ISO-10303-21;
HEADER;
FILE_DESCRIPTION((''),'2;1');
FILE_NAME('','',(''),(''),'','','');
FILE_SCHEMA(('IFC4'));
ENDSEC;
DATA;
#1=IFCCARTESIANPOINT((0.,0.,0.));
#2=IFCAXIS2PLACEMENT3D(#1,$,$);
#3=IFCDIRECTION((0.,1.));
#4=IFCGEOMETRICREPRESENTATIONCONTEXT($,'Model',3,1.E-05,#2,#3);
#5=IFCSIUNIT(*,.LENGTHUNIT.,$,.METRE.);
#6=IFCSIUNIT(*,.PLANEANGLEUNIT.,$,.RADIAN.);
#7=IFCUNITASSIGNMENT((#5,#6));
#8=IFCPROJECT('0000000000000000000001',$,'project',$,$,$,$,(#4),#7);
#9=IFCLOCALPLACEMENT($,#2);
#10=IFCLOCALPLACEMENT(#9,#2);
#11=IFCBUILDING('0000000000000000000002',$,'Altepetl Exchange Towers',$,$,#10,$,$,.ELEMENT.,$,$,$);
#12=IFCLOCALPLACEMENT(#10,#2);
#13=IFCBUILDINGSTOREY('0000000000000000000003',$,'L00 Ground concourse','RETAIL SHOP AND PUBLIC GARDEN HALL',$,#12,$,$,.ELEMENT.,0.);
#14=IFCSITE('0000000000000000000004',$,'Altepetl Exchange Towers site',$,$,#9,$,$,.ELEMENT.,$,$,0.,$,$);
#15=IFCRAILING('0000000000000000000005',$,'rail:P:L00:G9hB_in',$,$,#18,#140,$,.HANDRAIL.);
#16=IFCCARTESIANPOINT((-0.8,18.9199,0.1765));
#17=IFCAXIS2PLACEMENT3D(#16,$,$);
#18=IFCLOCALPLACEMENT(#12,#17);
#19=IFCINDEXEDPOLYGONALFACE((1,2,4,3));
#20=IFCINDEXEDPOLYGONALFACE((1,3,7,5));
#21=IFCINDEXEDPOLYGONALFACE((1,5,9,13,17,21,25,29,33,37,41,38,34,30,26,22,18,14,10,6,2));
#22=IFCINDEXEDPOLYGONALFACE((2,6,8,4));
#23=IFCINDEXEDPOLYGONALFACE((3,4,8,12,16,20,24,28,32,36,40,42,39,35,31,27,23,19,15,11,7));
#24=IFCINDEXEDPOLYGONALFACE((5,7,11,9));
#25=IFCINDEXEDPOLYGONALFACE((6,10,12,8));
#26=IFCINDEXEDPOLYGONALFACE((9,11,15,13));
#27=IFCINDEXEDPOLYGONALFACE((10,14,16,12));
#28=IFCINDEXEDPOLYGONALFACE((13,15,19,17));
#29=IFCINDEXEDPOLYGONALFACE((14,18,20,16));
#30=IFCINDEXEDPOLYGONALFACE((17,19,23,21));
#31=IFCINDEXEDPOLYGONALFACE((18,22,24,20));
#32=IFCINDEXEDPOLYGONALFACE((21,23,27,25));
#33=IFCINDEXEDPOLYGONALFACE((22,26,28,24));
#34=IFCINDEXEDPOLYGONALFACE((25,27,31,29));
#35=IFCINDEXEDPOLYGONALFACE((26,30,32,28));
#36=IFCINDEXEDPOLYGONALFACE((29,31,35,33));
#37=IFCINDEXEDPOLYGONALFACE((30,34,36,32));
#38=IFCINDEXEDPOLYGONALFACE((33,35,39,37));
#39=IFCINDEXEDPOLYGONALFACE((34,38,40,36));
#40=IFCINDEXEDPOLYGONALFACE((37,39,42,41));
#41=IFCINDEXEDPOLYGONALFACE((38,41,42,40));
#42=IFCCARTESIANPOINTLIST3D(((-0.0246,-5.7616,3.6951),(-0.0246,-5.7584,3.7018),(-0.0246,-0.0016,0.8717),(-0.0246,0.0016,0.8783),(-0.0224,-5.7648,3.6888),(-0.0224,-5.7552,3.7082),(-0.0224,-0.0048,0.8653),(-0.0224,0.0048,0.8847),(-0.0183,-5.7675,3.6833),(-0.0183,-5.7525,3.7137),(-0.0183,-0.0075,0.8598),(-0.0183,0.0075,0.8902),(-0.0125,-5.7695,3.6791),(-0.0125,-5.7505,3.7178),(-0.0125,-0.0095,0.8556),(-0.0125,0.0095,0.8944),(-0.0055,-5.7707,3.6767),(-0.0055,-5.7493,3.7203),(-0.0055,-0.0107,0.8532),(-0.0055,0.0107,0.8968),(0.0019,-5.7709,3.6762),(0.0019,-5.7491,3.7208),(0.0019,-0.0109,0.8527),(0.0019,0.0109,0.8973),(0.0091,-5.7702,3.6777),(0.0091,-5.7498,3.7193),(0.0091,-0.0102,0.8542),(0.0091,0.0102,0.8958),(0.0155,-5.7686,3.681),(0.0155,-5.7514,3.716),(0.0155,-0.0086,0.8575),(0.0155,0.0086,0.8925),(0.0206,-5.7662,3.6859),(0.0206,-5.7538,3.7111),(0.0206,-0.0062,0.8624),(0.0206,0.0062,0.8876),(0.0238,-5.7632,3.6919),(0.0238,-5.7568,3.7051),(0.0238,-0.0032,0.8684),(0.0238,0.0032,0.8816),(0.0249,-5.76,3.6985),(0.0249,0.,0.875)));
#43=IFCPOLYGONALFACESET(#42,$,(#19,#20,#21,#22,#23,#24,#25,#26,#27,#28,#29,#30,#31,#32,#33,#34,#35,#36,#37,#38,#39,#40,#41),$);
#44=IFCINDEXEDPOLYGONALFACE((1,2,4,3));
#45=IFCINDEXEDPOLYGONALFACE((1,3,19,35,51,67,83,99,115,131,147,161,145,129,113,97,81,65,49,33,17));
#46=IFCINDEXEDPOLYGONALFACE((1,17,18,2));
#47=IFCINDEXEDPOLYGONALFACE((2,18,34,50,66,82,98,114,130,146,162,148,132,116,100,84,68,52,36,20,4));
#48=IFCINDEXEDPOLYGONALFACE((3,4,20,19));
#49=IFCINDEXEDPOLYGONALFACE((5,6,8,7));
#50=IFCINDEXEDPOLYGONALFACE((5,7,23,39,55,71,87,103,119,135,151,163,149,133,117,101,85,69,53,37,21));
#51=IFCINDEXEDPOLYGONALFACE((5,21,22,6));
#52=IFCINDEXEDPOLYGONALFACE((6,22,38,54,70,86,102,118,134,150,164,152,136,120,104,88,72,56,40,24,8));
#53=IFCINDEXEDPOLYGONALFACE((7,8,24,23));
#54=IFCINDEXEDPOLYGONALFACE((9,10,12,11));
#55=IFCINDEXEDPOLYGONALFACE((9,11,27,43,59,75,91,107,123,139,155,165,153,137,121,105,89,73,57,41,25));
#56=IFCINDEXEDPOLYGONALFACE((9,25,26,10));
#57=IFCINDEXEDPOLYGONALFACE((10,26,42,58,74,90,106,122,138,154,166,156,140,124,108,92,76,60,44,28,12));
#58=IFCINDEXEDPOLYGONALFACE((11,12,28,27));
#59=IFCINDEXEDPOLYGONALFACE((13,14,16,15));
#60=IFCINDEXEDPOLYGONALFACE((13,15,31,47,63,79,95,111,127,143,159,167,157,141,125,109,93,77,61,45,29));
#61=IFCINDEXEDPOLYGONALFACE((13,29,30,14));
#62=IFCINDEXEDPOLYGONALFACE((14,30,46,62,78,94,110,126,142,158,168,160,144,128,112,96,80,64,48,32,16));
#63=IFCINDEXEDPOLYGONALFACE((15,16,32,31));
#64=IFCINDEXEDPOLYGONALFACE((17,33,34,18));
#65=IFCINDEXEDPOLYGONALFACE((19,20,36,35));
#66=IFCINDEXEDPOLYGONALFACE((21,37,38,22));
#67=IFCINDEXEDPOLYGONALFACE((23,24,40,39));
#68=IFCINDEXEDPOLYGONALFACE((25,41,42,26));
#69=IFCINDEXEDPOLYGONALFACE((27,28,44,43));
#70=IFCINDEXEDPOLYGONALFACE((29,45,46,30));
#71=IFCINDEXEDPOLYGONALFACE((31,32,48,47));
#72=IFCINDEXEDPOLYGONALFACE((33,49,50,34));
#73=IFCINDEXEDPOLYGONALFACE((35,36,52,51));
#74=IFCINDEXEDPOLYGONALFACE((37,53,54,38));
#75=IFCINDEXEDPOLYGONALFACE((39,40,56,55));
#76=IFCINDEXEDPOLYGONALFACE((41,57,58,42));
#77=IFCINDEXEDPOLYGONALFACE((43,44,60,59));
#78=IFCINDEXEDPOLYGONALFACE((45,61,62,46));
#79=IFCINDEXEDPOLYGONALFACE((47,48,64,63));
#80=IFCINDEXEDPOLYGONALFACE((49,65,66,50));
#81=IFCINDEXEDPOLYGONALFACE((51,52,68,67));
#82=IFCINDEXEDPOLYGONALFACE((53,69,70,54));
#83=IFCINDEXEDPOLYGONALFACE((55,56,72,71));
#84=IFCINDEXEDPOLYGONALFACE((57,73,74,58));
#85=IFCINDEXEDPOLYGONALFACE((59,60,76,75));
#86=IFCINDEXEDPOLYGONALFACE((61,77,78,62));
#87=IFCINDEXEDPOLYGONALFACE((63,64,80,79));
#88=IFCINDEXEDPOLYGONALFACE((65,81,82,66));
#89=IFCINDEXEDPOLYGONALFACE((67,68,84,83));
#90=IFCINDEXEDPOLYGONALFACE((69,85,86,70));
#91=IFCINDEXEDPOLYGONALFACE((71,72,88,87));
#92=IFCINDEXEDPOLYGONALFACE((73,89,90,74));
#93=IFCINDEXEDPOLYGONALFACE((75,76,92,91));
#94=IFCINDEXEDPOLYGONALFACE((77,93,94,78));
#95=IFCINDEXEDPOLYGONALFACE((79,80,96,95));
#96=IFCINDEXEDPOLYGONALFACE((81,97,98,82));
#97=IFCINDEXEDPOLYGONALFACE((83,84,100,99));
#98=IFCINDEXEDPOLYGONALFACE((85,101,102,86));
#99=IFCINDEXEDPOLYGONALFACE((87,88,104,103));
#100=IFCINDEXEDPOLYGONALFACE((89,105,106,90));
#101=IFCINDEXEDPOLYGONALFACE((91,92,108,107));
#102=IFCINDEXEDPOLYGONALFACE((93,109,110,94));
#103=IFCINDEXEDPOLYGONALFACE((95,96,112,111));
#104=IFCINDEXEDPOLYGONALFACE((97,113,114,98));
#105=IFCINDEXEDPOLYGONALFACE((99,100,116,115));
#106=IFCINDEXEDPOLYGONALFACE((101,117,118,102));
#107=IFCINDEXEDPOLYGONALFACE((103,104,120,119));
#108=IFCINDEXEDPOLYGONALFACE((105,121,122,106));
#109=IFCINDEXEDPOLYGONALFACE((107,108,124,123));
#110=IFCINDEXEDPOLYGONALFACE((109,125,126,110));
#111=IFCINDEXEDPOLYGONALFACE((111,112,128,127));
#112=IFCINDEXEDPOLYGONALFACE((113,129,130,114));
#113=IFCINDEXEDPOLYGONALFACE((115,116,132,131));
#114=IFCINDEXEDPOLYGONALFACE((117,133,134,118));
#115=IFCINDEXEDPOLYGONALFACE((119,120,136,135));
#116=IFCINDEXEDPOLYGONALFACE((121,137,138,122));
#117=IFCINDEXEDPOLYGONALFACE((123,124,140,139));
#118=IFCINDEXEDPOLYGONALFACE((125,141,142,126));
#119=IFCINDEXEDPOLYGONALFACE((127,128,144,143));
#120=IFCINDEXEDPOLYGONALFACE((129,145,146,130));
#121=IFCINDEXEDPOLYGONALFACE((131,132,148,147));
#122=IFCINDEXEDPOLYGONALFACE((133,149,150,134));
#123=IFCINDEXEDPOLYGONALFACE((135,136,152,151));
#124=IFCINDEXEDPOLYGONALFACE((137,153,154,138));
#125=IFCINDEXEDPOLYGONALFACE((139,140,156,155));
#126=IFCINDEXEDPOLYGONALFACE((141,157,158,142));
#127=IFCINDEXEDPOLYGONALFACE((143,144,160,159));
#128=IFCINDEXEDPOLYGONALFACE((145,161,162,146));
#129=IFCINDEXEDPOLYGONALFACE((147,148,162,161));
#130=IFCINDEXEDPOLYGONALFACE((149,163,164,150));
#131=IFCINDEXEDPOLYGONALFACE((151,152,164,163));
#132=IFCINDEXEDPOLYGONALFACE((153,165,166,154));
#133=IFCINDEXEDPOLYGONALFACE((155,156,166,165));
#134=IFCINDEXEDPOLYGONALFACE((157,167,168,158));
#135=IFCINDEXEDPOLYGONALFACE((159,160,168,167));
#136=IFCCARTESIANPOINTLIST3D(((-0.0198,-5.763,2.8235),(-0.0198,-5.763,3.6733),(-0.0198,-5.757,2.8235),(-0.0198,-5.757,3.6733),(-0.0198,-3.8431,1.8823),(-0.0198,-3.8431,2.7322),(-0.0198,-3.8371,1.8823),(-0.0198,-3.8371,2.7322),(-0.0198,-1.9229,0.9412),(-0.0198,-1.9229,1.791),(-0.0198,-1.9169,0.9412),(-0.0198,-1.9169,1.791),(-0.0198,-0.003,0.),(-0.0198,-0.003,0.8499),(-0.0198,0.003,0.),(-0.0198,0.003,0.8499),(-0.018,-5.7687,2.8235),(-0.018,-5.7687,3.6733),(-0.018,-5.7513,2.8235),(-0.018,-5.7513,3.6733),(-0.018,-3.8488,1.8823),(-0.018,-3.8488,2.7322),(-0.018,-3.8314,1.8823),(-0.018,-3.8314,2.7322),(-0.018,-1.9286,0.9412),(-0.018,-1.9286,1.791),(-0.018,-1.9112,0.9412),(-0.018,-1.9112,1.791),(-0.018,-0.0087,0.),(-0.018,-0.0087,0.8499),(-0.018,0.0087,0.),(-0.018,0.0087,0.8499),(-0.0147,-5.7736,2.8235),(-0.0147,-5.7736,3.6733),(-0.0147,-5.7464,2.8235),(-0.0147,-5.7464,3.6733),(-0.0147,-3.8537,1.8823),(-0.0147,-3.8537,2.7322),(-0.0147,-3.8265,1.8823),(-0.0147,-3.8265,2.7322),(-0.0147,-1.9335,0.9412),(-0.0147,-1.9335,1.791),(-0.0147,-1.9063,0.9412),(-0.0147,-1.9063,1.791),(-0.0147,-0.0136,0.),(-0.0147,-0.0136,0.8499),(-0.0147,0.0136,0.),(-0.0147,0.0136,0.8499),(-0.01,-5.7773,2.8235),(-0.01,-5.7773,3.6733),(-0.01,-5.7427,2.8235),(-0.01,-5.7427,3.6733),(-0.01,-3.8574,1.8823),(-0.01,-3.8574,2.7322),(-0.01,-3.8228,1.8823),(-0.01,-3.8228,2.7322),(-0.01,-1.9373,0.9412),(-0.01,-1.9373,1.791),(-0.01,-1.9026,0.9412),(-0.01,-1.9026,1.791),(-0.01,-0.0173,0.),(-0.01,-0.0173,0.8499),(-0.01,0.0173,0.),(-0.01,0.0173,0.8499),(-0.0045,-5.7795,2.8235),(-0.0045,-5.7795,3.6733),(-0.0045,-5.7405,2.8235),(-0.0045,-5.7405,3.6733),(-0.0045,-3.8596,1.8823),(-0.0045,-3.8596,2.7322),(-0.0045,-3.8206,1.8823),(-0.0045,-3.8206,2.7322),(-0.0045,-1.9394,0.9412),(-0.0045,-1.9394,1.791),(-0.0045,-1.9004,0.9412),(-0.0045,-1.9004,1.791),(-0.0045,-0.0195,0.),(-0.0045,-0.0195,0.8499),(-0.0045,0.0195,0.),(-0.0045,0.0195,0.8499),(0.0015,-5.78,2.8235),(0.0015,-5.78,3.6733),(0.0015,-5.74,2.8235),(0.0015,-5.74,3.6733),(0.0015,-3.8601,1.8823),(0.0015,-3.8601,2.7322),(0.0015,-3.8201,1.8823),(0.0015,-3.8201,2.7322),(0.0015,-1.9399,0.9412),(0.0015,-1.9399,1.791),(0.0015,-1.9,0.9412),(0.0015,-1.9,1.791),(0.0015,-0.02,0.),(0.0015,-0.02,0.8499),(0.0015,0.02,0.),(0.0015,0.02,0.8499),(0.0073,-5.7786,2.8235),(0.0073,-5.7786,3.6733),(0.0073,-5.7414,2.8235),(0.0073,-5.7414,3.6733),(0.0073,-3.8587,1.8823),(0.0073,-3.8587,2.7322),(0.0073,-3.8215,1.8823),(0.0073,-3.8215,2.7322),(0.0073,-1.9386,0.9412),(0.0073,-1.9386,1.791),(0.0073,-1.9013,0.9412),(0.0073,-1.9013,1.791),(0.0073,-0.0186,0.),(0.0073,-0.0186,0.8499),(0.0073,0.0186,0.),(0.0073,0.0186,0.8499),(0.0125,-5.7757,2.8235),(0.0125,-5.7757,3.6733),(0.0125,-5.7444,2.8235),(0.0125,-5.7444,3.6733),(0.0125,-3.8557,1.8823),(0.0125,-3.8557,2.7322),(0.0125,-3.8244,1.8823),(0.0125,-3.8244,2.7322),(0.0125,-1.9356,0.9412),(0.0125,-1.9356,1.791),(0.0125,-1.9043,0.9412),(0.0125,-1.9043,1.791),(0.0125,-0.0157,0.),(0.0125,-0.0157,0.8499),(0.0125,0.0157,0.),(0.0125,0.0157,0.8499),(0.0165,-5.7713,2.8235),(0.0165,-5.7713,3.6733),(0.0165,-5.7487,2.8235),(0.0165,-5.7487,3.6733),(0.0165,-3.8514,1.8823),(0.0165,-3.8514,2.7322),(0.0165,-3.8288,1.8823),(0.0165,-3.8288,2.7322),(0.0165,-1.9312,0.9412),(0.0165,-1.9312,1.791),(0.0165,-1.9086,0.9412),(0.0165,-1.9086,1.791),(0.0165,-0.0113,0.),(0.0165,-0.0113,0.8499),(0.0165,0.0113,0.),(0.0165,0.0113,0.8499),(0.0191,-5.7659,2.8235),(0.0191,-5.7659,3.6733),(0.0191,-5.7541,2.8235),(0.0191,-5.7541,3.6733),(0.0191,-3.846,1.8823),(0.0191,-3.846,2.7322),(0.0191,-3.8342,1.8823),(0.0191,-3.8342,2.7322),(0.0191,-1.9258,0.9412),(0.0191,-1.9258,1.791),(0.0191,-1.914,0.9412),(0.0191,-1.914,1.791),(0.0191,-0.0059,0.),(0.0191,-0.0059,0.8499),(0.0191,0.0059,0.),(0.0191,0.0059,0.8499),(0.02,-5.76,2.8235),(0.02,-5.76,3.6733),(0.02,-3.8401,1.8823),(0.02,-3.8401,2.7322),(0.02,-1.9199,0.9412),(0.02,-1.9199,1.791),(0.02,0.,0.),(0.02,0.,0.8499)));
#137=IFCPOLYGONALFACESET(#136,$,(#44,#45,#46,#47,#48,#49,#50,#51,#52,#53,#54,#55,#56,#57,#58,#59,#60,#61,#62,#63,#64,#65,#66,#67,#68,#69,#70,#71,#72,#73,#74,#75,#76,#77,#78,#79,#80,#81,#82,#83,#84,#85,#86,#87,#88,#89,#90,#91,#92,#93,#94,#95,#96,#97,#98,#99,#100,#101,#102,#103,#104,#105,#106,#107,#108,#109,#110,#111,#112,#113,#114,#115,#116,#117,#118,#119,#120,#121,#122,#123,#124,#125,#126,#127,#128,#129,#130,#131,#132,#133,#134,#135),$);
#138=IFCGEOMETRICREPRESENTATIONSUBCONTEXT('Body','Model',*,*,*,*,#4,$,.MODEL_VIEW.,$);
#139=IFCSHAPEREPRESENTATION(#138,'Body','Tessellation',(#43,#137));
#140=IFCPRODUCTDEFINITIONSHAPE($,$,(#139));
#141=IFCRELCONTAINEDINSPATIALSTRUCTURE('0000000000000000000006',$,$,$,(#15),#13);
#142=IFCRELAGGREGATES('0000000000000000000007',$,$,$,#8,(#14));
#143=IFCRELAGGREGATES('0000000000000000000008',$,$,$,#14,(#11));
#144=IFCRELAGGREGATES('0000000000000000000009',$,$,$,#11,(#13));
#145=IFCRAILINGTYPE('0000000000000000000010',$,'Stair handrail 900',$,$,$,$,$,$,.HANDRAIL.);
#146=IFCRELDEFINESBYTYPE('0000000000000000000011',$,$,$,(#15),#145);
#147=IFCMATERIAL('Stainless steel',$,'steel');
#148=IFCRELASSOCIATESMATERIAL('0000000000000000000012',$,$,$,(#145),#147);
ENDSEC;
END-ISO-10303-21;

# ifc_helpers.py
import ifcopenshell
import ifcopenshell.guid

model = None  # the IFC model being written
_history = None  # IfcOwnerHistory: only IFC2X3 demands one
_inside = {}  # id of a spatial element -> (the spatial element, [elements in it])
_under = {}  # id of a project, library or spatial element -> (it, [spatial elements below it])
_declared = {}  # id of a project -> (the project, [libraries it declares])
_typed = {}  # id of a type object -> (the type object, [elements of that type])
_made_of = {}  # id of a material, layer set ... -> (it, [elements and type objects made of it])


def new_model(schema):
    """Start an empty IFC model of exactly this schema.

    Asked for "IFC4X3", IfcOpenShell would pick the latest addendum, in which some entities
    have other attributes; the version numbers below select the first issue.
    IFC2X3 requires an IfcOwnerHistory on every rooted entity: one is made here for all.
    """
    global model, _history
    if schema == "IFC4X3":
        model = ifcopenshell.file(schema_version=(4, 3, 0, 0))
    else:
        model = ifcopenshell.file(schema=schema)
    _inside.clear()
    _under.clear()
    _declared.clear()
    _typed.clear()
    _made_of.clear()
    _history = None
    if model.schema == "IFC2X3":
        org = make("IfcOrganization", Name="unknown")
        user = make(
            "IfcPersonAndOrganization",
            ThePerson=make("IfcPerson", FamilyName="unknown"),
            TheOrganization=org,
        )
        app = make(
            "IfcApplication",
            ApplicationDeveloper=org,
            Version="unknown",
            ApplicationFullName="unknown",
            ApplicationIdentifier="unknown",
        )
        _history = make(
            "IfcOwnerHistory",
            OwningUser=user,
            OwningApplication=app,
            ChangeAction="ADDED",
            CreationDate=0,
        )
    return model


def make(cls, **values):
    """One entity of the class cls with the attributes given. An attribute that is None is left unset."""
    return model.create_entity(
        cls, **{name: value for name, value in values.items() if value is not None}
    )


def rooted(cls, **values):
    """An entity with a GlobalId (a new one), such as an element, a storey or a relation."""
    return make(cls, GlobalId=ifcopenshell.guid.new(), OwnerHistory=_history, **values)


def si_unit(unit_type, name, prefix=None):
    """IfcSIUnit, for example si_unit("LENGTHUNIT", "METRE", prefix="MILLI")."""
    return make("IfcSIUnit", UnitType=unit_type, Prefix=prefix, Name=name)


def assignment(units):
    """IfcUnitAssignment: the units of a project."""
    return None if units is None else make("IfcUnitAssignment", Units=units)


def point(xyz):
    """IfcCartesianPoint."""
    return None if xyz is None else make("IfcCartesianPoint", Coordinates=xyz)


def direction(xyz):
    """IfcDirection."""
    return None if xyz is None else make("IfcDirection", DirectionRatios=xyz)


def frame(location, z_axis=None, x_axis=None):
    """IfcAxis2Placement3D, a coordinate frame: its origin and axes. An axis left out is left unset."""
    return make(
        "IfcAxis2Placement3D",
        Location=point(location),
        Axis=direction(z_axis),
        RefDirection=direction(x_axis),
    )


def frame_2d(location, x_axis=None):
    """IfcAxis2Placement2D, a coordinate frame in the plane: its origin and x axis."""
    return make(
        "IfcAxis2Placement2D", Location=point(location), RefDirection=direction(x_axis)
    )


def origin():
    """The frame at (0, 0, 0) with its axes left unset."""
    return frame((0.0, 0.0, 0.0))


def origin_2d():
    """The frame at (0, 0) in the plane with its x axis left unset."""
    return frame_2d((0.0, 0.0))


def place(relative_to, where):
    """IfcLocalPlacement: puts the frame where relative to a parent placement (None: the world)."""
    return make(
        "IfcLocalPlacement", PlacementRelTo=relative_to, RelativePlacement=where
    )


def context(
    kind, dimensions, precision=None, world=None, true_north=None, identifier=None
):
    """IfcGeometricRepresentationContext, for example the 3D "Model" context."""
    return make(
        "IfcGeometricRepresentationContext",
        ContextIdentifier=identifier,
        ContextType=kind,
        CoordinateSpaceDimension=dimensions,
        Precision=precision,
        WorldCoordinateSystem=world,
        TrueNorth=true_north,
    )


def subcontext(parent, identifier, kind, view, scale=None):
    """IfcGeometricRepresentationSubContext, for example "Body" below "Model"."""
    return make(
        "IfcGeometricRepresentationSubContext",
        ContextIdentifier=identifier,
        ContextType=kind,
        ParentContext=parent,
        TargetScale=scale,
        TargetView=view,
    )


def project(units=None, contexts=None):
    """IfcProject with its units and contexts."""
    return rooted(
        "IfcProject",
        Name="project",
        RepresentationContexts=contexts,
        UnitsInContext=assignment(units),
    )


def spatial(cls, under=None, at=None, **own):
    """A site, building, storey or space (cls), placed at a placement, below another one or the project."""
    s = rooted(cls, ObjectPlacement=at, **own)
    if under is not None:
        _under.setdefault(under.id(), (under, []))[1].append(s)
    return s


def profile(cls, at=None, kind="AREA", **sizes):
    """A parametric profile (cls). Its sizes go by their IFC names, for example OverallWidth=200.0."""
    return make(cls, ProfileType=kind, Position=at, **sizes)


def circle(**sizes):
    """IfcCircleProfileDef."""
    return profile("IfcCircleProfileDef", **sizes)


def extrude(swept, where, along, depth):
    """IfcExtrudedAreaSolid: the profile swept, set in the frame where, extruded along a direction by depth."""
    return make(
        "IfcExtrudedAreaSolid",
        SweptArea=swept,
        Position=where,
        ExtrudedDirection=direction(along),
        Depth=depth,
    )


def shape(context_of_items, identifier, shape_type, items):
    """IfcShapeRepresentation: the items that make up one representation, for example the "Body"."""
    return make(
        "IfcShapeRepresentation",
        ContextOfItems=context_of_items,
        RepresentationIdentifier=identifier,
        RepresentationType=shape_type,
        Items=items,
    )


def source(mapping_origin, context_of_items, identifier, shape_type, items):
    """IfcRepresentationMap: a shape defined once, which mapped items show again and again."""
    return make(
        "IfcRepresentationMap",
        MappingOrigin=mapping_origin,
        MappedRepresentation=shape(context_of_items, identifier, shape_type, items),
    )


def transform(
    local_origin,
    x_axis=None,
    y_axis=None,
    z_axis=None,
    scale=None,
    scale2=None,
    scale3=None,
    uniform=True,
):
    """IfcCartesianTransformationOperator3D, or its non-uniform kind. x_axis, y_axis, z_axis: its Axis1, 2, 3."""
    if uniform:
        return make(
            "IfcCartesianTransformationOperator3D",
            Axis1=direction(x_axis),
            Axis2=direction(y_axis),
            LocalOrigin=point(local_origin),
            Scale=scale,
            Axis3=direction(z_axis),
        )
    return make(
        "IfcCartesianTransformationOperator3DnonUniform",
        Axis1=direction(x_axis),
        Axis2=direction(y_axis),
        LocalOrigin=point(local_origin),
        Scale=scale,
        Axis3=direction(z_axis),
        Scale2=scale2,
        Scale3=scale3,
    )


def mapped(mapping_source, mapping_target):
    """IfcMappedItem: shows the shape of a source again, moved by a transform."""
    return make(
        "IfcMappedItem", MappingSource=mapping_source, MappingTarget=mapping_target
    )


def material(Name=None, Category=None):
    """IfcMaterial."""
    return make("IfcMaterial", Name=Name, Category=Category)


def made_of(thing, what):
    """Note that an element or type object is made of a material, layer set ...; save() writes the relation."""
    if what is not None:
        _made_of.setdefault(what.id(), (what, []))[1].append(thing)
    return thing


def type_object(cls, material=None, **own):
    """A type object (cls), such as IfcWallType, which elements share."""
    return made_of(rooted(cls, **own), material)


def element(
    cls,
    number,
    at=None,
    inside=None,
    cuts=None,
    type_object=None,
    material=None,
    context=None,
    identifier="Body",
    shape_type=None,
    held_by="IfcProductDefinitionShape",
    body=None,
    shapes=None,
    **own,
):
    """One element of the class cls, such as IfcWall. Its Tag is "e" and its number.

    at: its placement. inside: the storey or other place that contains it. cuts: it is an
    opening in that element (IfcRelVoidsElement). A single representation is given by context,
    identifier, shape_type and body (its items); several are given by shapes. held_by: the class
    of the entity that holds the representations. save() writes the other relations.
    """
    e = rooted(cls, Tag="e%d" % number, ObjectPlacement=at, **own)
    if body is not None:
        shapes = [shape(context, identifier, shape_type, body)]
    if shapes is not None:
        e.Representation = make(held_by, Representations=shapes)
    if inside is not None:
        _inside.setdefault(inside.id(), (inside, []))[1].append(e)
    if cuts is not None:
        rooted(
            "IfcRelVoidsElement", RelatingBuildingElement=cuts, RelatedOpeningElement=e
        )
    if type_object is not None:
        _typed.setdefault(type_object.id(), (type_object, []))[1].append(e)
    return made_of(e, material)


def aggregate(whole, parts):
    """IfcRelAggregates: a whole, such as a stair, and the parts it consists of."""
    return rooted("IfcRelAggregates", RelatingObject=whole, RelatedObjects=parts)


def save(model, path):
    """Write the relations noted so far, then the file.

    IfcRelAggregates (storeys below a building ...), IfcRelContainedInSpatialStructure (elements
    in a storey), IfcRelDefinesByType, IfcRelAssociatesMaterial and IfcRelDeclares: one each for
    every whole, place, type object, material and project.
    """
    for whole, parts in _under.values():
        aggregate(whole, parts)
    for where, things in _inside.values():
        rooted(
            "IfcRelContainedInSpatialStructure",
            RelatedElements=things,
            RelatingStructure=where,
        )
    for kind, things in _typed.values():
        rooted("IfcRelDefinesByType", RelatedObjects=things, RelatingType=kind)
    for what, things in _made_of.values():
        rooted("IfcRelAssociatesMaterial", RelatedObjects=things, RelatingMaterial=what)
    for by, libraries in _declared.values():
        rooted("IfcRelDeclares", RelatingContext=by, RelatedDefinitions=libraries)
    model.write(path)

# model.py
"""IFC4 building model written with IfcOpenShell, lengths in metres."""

from ifc_helpers import new_model, si_unit, direction, frame, origin, origin_2d, place, context, subcontext, project, spatial, circle, extrude, source, transform, mapped, material, type_object, element, save


model = new_model("IFC4")

# Units and contexts
model_context = context("Model", 3, precision=1e-05, world=origin(), true_north=direction((0.0, 1.0)))
body_context = subcontext(model_context, "Body", "Model", "MODEL_VIEW")
ifc_project = project(units=[si_unit("LENGTHUNIT", "METRE"), si_unit("PLANEANGLEUNIT", "RADIAN")], contexts=[model_context])

# Site, building, storey
site_placement = place(None, origin())
site = spatial("IfcSite", under=ifc_project, at=site_placement, Name="Altepetl Exchange Towers site", CompositionType="ELEMENT", RefElevation=0.0)
building_placement = place(site_placement, origin())
building = spatial("IfcBuilding", under=site, at=building_placement, Name="Altepetl Exchange Towers", CompositionType="ELEMENT")
storey_placement = place(building_placement, origin())
storey = spatial("IfcBuildingStorey", under=building, at=storey_placement, Name="L00 Ground concourse", Description="RETAIL SHOP AND PUBLIC GARDEN HALL", CompositionType="ELEMENT", Elevation=0.0)

# Railing
ifc_material_1 = material(Name="Stainless steel", Category="steel")
railing_type_1 = type_object("IfcRailingType", Name="Stair handrail 900", PredefinedType="HANDRAIL", material=ifc_material_1)
shared_shape_1 = source(origin(), body_context, "Body", "SweptSolid", [
    extrude(circle(Radius=0.02, at=origin_2d()), origin(), (0.0, 0.0, 1.0), 0.8499),
])
for number, where, name in (
    (1, (-0.8, 18.9199, 0.1765), "rail:P:L00:G9hB_in"),
):
    element("IfcRailing", number, at=place(storey_placement, frame(where)), inside=storey, type_object=railing_type_1, Name=name, PredefinedType="HANDRAIL", context=body_context, shape_type="SweptSolid", body=[
        extrude(circle(Radius=0.0249, at=origin_2d()), frame((0.0, 0.0, 0.875), z_axis=(0.0, -0.897924, 0.440151), x_axis=(1.0, 0.0, 0.0)), (0.0, 0.0, 1.0), 6.4148),
        mapped(shared_shape_1, transform((0.0, 0.0, 0.0))),
        mapped(shared_shape_1, transform((0.0, -1.9199, 0.9412))),
        mapped(shared_shape_1, transform((0.0, -3.8401, 1.8823))),
        mapped(shared_shape_1, transform((0.0, -5.76, 2.8235))),
    ])

save(model, "model.ifc")
